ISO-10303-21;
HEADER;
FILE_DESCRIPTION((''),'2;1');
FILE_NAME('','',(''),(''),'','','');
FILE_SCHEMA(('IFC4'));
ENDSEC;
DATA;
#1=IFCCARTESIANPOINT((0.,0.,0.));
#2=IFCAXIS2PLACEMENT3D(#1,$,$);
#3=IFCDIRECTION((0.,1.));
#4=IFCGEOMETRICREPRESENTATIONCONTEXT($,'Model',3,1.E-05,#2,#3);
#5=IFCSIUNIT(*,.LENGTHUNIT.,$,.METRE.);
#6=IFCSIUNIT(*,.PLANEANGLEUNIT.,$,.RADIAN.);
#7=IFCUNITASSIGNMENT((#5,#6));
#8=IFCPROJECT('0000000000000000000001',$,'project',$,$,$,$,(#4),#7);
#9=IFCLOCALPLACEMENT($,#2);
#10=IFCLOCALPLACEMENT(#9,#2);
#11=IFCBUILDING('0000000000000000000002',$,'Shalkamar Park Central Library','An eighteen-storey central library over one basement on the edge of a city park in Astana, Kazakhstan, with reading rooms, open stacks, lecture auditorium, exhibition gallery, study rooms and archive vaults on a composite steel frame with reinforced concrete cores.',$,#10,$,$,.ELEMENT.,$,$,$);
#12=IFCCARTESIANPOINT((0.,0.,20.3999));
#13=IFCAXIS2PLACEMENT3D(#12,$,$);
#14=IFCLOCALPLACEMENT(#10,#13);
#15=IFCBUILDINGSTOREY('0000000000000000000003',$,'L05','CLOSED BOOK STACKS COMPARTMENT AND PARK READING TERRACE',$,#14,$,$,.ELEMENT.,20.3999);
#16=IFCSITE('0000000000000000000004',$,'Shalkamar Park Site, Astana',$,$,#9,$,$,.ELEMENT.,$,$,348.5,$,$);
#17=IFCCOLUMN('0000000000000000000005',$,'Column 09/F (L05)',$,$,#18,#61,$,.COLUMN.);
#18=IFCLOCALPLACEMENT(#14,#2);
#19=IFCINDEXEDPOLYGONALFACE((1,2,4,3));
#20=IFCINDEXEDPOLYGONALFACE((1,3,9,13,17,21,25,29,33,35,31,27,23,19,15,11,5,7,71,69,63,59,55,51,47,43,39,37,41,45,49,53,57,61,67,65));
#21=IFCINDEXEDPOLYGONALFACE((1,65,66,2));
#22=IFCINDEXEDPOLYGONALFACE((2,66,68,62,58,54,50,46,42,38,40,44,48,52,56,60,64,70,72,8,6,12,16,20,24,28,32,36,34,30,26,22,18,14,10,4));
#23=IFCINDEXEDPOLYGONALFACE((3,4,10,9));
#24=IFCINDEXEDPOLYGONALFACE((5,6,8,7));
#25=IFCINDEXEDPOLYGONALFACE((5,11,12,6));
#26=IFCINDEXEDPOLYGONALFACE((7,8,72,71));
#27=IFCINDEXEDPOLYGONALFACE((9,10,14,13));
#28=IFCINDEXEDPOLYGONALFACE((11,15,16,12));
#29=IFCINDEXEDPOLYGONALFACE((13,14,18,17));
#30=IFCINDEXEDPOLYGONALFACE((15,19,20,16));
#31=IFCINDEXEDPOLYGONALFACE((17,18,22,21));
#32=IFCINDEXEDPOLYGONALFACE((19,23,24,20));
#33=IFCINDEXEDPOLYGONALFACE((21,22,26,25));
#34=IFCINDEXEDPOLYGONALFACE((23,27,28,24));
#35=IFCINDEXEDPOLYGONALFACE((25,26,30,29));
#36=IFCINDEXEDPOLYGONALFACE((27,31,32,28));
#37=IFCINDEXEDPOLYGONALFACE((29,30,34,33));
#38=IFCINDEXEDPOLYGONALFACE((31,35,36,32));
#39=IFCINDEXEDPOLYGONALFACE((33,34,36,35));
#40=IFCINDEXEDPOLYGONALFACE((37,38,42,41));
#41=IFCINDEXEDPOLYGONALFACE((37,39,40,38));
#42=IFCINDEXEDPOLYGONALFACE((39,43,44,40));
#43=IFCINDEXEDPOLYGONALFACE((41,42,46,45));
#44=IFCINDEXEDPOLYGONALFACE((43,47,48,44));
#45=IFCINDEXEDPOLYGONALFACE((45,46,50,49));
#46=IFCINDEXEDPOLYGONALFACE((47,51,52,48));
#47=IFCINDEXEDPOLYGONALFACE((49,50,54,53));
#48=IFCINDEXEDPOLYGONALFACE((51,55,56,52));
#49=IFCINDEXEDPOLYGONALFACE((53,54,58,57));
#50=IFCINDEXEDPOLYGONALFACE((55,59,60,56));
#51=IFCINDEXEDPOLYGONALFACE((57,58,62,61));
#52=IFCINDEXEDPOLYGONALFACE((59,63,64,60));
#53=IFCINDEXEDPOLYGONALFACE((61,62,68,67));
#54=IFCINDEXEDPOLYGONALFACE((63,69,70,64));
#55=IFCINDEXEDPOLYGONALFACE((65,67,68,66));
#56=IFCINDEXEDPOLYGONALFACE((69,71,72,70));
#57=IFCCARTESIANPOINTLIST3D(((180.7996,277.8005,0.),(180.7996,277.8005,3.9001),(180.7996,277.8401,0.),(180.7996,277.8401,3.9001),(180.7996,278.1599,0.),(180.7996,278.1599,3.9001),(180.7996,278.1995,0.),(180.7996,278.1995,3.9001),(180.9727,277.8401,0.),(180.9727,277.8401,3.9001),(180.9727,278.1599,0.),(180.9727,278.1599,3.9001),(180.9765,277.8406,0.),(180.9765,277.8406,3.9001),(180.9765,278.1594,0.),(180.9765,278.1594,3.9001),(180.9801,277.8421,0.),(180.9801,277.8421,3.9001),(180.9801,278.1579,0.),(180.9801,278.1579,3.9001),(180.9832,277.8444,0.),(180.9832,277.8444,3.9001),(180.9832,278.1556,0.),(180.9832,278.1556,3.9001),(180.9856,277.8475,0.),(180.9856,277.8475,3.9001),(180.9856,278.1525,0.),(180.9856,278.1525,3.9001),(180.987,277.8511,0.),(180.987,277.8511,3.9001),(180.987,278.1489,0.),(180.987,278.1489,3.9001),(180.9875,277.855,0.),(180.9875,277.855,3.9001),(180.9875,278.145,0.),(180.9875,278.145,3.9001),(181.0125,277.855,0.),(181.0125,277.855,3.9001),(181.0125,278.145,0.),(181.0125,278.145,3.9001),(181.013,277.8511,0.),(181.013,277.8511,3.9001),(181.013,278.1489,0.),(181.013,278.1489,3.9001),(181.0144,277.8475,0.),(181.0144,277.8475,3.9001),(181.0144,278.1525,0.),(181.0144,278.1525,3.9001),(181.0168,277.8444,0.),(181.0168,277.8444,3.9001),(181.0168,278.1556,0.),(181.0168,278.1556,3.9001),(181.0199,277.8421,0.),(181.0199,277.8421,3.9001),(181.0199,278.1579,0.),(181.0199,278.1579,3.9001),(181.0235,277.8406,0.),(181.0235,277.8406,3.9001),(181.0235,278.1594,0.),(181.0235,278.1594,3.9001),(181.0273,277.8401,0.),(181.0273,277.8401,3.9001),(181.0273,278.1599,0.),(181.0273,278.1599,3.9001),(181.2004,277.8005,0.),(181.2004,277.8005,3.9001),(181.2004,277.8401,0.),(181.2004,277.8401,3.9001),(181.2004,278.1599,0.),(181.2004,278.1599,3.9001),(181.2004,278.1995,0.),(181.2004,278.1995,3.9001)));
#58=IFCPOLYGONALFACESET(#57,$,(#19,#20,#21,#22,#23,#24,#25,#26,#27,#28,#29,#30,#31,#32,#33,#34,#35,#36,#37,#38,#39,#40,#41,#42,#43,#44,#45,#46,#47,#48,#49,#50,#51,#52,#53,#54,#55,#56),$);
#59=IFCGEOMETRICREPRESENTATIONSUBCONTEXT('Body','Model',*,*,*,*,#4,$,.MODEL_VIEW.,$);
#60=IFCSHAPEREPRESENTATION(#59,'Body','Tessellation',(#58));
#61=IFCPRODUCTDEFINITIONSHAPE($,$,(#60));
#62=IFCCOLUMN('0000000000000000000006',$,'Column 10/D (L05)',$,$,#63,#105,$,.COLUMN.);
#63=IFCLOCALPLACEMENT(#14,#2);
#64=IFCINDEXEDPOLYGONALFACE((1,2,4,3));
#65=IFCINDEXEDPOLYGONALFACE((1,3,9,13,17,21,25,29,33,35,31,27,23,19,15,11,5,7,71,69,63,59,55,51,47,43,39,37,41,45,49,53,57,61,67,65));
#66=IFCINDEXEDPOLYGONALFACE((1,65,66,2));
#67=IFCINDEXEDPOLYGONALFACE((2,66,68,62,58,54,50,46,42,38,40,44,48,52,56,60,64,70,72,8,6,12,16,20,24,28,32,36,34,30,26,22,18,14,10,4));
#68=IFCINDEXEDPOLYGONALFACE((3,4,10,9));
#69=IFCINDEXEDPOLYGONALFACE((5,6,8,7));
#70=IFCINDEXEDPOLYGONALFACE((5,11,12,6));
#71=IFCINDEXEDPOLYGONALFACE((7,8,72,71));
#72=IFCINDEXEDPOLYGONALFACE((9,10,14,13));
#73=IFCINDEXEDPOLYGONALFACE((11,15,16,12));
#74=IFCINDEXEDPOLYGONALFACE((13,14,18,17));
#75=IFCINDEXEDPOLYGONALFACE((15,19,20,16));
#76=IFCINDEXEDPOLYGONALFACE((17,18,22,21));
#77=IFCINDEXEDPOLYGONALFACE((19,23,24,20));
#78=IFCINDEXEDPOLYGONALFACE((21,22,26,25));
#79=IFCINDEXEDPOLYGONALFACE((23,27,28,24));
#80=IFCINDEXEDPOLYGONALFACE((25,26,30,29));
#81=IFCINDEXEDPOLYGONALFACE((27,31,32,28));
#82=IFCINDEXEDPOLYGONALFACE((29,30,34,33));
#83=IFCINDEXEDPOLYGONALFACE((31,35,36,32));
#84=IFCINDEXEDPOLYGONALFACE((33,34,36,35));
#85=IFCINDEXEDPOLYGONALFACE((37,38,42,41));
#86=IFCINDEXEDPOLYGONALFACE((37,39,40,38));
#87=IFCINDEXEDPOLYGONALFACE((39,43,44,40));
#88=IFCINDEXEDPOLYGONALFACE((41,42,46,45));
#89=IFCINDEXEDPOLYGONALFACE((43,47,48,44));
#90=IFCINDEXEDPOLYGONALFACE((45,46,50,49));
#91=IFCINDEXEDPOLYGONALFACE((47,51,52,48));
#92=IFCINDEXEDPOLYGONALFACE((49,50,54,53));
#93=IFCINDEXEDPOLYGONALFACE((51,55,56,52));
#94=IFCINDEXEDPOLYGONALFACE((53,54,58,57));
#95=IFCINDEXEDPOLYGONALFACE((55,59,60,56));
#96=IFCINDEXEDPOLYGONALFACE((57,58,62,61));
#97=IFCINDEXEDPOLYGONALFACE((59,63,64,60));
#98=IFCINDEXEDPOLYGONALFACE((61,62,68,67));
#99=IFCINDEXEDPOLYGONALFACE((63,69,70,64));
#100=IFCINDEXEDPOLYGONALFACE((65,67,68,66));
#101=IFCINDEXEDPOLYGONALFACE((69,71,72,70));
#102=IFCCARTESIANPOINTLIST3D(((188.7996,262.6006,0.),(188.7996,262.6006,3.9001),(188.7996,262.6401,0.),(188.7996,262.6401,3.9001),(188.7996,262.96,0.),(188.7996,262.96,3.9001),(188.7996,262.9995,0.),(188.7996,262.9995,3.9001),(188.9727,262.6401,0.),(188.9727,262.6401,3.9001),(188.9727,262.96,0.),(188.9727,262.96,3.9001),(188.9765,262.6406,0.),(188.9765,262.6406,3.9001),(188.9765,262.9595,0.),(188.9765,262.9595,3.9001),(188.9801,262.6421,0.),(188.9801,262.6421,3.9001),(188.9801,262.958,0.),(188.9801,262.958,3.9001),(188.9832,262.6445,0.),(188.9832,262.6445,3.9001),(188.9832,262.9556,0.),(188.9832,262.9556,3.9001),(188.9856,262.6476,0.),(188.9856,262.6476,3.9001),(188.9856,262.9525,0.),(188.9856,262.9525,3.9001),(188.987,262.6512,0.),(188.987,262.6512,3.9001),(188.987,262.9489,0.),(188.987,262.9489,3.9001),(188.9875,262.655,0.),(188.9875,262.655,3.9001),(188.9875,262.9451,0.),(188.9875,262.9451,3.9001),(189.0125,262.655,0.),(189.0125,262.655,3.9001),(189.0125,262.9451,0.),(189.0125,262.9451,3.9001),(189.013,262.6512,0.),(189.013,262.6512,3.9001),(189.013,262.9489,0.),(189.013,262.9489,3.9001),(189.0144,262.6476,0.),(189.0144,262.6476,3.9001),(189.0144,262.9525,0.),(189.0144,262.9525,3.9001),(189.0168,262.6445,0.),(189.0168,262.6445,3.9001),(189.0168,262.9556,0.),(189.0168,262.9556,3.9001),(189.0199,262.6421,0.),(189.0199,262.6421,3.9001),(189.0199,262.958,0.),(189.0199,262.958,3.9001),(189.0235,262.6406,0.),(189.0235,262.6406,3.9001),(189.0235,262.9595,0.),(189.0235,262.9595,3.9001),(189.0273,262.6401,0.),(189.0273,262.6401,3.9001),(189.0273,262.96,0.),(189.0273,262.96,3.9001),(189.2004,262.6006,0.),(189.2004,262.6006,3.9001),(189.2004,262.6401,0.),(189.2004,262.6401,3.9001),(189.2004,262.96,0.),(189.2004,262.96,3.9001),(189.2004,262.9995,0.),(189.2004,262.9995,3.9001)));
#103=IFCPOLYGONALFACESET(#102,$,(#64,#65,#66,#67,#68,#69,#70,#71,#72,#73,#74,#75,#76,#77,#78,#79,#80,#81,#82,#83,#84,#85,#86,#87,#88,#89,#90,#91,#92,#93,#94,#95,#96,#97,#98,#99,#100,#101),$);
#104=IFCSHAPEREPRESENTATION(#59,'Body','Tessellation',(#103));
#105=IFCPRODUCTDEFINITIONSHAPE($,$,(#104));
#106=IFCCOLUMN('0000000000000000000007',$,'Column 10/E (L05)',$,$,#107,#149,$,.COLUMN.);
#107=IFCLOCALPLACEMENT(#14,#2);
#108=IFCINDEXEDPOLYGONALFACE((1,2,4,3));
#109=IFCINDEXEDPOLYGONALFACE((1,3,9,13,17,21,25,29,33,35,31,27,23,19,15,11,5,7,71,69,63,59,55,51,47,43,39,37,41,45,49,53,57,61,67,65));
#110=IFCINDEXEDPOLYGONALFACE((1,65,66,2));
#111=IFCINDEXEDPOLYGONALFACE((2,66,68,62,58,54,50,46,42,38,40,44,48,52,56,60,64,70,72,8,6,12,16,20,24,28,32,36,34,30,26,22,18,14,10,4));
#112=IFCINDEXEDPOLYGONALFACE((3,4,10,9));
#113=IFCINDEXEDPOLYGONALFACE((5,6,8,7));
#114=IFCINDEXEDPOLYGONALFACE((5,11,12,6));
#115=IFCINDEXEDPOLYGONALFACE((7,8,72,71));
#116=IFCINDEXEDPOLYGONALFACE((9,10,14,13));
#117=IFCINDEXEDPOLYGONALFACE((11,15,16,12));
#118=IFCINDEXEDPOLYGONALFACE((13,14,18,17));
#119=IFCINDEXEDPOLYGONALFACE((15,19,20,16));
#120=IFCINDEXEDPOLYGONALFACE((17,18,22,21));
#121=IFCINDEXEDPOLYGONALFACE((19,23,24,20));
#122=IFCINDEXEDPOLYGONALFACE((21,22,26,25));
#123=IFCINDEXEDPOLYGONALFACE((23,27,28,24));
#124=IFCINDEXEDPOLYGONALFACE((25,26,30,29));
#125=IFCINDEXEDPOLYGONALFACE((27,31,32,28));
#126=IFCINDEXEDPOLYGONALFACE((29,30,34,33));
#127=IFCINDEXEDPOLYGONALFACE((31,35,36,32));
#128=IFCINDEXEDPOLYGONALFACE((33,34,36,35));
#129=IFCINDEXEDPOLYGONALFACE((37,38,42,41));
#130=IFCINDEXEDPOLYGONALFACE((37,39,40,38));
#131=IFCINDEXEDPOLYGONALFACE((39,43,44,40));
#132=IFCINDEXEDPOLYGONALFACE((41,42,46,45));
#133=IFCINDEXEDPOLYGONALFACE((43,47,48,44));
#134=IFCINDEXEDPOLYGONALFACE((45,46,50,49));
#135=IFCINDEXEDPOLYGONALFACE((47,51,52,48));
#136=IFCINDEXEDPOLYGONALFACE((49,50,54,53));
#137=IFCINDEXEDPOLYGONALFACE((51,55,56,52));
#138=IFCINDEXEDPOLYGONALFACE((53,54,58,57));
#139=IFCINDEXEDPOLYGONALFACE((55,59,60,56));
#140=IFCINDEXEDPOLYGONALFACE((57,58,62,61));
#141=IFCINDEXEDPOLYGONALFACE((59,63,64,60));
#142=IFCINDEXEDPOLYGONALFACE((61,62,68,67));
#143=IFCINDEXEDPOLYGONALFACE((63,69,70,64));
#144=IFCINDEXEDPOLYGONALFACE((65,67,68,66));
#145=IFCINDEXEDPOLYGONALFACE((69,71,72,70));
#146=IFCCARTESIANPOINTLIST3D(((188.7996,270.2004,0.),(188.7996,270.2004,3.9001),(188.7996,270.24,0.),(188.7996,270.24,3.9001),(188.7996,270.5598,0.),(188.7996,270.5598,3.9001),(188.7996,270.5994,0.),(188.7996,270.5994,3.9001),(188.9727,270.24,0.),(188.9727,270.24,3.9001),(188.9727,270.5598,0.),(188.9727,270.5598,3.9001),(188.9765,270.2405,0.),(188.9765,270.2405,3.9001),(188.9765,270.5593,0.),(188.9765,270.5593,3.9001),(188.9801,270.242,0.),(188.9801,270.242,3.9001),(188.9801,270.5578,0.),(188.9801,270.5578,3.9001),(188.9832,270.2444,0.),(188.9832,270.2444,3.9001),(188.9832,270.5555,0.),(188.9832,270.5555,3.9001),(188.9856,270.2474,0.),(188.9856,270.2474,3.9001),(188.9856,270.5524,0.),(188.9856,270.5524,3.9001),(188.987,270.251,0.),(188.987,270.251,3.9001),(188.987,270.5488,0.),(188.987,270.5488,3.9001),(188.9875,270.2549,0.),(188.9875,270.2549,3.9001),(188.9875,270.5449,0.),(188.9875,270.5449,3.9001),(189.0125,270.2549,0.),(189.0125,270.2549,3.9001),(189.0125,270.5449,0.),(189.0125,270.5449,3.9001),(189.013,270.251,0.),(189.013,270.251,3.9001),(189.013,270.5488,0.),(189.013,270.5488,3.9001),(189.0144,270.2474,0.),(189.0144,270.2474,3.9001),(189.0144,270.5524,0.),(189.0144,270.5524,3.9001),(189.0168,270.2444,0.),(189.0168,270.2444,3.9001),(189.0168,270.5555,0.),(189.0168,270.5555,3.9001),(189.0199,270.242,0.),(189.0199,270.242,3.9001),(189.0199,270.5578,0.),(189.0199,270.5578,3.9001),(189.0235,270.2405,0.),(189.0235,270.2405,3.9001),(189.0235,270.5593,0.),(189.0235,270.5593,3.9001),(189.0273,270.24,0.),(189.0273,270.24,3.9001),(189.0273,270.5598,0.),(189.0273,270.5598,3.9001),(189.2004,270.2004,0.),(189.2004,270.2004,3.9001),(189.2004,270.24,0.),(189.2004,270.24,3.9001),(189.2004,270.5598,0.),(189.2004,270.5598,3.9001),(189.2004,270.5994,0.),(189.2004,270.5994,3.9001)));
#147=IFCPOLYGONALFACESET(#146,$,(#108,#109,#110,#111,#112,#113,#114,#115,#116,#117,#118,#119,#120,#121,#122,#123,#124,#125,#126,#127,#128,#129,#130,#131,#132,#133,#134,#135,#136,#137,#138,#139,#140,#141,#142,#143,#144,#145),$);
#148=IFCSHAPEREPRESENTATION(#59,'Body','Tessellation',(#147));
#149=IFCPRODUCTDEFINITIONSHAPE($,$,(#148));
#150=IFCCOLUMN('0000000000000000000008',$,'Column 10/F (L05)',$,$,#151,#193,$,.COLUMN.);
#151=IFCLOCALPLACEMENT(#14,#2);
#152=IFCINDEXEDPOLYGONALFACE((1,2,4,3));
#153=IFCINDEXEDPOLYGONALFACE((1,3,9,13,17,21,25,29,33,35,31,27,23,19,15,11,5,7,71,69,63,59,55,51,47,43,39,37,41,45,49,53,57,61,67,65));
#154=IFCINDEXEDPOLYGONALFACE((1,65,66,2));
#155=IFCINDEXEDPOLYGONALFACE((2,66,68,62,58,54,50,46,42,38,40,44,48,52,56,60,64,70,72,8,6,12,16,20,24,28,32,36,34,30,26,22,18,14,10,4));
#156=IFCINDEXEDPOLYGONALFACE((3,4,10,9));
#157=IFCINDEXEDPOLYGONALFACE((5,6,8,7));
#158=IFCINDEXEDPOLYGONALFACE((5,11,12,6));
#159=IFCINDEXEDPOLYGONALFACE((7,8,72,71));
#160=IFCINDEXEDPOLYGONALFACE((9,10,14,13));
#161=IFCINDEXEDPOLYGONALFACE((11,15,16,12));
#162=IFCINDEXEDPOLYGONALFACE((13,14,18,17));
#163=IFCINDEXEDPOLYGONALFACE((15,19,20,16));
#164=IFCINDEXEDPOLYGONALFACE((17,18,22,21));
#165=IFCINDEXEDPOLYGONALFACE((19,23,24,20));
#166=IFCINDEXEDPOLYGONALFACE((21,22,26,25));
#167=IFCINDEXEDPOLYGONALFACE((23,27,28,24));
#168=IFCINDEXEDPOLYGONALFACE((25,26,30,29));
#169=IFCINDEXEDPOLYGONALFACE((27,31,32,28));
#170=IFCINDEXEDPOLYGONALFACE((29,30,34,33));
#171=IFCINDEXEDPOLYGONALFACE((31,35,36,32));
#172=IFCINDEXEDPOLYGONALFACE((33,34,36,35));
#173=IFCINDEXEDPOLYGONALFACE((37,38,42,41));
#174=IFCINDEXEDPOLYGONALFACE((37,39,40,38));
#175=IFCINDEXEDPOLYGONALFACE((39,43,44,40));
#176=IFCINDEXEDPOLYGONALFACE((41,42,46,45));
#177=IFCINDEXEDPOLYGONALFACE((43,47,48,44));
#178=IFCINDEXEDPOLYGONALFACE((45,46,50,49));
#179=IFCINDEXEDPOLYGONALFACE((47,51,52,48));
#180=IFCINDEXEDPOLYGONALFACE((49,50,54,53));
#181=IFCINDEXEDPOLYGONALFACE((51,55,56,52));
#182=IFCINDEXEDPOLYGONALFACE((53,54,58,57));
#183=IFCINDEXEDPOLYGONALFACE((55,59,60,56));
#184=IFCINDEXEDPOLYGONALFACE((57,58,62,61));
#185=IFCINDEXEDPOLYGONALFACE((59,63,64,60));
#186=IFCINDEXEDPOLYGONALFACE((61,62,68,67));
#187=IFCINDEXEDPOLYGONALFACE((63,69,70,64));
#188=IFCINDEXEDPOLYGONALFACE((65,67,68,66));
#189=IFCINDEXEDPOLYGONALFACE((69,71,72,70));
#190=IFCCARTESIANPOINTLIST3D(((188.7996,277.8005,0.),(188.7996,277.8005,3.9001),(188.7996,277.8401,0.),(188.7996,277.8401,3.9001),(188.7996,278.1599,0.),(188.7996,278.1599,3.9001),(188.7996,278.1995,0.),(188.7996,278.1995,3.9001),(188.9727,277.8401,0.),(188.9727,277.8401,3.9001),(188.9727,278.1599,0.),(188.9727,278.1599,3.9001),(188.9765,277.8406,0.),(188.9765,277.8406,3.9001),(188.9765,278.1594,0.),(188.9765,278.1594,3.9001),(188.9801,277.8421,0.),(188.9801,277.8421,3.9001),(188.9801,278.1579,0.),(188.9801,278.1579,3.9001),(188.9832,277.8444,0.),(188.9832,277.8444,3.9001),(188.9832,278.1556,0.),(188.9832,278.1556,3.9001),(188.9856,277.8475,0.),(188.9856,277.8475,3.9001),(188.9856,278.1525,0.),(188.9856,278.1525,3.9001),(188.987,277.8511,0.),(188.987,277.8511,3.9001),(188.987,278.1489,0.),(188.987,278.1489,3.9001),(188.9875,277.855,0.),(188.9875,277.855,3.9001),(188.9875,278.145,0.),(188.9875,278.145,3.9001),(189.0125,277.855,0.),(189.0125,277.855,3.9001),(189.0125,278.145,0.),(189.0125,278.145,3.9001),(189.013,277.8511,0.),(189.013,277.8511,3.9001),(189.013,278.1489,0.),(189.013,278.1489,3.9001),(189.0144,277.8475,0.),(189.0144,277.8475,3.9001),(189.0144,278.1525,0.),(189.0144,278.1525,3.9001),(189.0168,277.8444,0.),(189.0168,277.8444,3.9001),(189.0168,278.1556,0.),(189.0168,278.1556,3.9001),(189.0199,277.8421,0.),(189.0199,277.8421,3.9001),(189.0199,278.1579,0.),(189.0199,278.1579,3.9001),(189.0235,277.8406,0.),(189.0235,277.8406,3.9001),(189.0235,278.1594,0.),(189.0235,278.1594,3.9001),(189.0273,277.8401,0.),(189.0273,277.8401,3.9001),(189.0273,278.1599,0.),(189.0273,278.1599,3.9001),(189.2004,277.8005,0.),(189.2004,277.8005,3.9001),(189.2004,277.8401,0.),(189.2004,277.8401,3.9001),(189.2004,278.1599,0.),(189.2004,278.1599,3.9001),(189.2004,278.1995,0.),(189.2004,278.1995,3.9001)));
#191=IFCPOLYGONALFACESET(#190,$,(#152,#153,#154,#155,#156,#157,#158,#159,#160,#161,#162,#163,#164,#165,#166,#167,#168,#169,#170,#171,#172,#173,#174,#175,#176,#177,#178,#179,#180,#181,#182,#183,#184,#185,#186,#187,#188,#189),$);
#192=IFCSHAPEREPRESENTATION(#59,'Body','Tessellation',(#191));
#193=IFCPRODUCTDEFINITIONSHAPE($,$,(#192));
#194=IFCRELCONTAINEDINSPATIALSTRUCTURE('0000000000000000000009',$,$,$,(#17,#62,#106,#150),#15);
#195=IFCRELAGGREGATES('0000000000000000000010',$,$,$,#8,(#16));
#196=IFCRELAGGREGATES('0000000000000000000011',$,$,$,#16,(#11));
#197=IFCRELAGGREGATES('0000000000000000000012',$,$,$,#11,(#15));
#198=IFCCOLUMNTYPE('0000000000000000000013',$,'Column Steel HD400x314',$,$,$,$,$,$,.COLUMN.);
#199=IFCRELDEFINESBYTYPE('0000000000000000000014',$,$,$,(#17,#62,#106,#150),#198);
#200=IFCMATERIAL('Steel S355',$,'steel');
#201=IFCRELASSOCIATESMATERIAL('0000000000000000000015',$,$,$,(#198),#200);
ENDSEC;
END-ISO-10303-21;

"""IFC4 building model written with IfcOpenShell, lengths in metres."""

from ifc_helpers import new_model, si_unit, direction, frame, origin, origin_2d, place, context, subcontext, project, spatial, i_section, extrude, material, material_profile, profile_set, type_object, element, save


model = new_model("IFC4")

# Units and contexts
model_context = context("Model", 3, precision=1e-05, world=origin(), true_north=direction((0.0, 1.0)))
body_context = subcontext(model_context, "Body", "Model", "MODEL_VIEW")
ifc_project = project(units=[si_unit("LENGTHUNIT", "METRE"), si_unit("PLANEANGLEUNIT", "RADIAN")], contexts=[model_context])

# Site, building, storey
site_placement = place(None, origin())
site = spatial("IfcSite", under=ifc_project, at=site_placement, Name="Shalkamar Park Site, Astana", CompositionType="ELEMENT", RefElevation=348.5)
building_placement = place(site_placement, origin())
building = spatial("IfcBuilding", under=site, at=building_placement, Name="Shalkamar Park Central Library", Description="An eighteen-storey central library over one basement on the edge of a city park in Astana, Kazakhstan, with reading rooms, open stacks, lecture auditorium, exhibition gallery, study rooms and archive vaults on a composite steel frame with reinforced concrete cores.", CompositionType="ELEMENT")
storey_placement = place(building_placement, frame((0.0, 0.0, 20.3999)))
storey = spatial("IfcBuildingStorey", under=building, at=storey_placement, Name="L05", Description="CLOSED BOOK STACKS COMPARTMENT AND PARK READING TERRACE", CompositionType="ELEMENT", Elevation=20.3999)

# Columns
ifc_material_1 = material(Name="Steel S355", Category="steel")
ifc_material_profile_1 = material_profile(ifc_material_1, i_section(OverallWidth=0.4009, OverallDepth=0.3989, WebThickness=0.0249, FlangeThickness=0.0396, FilletRadius=0.0149, at=origin_2d()), Name="HD 400x314")
ifc_profile_set_1 = profile_set([ifc_material_profile_1], Name="Steel S355")
column_type = type_object("IfcColumnType", Name="Column Steel HD400x314", PredefinedType="COLUMN", material=ifc_profile_set_1)
for number, where, z_axis, x_axis, name in (
    (1, (181.0, 278.0, 0.0), (0.0, 0.0, 1.0), (1.0, 0.0, 0.0), "Column 09/F (L05)"),
    (2, (189.0, 262.8, 0.0), (0.0, 0.0, 1.0), (1.0, 0.0, 0.0), "Column 10/D (L05)"),
    (3, (189.0, 270.3999, 0.0), (0.0, 0.0, 1.0), (1.0, 0.0, 0.0), "Column 10/E (L05)"),
    (4, (189.0, 278.0, 0.0), (0.0, 0.0, 1.0), (1.0, 0.0, 0.0), "Column 10/F (L05)"),
):
    element("IfcColumn", number, at=place(storey_placement, frame(where, z_axis=z_axis, x_axis=x_axis)), inside=storey, type_object=column_type, Name=name, PredefinedType="COLUMN", context=body_context, shape_type="SweptSolid", body=[
        extrude(i_section(OverallWidth=0.4009, OverallDepth=0.3989, WebThickness=0.0249, FlangeThickness=0.0396, FilletRadius=0.0149, at=origin_2d()), origin(), (0.0, 0.0, 1.0), 3.9001),
    ])

save(model, "model.ifc")
